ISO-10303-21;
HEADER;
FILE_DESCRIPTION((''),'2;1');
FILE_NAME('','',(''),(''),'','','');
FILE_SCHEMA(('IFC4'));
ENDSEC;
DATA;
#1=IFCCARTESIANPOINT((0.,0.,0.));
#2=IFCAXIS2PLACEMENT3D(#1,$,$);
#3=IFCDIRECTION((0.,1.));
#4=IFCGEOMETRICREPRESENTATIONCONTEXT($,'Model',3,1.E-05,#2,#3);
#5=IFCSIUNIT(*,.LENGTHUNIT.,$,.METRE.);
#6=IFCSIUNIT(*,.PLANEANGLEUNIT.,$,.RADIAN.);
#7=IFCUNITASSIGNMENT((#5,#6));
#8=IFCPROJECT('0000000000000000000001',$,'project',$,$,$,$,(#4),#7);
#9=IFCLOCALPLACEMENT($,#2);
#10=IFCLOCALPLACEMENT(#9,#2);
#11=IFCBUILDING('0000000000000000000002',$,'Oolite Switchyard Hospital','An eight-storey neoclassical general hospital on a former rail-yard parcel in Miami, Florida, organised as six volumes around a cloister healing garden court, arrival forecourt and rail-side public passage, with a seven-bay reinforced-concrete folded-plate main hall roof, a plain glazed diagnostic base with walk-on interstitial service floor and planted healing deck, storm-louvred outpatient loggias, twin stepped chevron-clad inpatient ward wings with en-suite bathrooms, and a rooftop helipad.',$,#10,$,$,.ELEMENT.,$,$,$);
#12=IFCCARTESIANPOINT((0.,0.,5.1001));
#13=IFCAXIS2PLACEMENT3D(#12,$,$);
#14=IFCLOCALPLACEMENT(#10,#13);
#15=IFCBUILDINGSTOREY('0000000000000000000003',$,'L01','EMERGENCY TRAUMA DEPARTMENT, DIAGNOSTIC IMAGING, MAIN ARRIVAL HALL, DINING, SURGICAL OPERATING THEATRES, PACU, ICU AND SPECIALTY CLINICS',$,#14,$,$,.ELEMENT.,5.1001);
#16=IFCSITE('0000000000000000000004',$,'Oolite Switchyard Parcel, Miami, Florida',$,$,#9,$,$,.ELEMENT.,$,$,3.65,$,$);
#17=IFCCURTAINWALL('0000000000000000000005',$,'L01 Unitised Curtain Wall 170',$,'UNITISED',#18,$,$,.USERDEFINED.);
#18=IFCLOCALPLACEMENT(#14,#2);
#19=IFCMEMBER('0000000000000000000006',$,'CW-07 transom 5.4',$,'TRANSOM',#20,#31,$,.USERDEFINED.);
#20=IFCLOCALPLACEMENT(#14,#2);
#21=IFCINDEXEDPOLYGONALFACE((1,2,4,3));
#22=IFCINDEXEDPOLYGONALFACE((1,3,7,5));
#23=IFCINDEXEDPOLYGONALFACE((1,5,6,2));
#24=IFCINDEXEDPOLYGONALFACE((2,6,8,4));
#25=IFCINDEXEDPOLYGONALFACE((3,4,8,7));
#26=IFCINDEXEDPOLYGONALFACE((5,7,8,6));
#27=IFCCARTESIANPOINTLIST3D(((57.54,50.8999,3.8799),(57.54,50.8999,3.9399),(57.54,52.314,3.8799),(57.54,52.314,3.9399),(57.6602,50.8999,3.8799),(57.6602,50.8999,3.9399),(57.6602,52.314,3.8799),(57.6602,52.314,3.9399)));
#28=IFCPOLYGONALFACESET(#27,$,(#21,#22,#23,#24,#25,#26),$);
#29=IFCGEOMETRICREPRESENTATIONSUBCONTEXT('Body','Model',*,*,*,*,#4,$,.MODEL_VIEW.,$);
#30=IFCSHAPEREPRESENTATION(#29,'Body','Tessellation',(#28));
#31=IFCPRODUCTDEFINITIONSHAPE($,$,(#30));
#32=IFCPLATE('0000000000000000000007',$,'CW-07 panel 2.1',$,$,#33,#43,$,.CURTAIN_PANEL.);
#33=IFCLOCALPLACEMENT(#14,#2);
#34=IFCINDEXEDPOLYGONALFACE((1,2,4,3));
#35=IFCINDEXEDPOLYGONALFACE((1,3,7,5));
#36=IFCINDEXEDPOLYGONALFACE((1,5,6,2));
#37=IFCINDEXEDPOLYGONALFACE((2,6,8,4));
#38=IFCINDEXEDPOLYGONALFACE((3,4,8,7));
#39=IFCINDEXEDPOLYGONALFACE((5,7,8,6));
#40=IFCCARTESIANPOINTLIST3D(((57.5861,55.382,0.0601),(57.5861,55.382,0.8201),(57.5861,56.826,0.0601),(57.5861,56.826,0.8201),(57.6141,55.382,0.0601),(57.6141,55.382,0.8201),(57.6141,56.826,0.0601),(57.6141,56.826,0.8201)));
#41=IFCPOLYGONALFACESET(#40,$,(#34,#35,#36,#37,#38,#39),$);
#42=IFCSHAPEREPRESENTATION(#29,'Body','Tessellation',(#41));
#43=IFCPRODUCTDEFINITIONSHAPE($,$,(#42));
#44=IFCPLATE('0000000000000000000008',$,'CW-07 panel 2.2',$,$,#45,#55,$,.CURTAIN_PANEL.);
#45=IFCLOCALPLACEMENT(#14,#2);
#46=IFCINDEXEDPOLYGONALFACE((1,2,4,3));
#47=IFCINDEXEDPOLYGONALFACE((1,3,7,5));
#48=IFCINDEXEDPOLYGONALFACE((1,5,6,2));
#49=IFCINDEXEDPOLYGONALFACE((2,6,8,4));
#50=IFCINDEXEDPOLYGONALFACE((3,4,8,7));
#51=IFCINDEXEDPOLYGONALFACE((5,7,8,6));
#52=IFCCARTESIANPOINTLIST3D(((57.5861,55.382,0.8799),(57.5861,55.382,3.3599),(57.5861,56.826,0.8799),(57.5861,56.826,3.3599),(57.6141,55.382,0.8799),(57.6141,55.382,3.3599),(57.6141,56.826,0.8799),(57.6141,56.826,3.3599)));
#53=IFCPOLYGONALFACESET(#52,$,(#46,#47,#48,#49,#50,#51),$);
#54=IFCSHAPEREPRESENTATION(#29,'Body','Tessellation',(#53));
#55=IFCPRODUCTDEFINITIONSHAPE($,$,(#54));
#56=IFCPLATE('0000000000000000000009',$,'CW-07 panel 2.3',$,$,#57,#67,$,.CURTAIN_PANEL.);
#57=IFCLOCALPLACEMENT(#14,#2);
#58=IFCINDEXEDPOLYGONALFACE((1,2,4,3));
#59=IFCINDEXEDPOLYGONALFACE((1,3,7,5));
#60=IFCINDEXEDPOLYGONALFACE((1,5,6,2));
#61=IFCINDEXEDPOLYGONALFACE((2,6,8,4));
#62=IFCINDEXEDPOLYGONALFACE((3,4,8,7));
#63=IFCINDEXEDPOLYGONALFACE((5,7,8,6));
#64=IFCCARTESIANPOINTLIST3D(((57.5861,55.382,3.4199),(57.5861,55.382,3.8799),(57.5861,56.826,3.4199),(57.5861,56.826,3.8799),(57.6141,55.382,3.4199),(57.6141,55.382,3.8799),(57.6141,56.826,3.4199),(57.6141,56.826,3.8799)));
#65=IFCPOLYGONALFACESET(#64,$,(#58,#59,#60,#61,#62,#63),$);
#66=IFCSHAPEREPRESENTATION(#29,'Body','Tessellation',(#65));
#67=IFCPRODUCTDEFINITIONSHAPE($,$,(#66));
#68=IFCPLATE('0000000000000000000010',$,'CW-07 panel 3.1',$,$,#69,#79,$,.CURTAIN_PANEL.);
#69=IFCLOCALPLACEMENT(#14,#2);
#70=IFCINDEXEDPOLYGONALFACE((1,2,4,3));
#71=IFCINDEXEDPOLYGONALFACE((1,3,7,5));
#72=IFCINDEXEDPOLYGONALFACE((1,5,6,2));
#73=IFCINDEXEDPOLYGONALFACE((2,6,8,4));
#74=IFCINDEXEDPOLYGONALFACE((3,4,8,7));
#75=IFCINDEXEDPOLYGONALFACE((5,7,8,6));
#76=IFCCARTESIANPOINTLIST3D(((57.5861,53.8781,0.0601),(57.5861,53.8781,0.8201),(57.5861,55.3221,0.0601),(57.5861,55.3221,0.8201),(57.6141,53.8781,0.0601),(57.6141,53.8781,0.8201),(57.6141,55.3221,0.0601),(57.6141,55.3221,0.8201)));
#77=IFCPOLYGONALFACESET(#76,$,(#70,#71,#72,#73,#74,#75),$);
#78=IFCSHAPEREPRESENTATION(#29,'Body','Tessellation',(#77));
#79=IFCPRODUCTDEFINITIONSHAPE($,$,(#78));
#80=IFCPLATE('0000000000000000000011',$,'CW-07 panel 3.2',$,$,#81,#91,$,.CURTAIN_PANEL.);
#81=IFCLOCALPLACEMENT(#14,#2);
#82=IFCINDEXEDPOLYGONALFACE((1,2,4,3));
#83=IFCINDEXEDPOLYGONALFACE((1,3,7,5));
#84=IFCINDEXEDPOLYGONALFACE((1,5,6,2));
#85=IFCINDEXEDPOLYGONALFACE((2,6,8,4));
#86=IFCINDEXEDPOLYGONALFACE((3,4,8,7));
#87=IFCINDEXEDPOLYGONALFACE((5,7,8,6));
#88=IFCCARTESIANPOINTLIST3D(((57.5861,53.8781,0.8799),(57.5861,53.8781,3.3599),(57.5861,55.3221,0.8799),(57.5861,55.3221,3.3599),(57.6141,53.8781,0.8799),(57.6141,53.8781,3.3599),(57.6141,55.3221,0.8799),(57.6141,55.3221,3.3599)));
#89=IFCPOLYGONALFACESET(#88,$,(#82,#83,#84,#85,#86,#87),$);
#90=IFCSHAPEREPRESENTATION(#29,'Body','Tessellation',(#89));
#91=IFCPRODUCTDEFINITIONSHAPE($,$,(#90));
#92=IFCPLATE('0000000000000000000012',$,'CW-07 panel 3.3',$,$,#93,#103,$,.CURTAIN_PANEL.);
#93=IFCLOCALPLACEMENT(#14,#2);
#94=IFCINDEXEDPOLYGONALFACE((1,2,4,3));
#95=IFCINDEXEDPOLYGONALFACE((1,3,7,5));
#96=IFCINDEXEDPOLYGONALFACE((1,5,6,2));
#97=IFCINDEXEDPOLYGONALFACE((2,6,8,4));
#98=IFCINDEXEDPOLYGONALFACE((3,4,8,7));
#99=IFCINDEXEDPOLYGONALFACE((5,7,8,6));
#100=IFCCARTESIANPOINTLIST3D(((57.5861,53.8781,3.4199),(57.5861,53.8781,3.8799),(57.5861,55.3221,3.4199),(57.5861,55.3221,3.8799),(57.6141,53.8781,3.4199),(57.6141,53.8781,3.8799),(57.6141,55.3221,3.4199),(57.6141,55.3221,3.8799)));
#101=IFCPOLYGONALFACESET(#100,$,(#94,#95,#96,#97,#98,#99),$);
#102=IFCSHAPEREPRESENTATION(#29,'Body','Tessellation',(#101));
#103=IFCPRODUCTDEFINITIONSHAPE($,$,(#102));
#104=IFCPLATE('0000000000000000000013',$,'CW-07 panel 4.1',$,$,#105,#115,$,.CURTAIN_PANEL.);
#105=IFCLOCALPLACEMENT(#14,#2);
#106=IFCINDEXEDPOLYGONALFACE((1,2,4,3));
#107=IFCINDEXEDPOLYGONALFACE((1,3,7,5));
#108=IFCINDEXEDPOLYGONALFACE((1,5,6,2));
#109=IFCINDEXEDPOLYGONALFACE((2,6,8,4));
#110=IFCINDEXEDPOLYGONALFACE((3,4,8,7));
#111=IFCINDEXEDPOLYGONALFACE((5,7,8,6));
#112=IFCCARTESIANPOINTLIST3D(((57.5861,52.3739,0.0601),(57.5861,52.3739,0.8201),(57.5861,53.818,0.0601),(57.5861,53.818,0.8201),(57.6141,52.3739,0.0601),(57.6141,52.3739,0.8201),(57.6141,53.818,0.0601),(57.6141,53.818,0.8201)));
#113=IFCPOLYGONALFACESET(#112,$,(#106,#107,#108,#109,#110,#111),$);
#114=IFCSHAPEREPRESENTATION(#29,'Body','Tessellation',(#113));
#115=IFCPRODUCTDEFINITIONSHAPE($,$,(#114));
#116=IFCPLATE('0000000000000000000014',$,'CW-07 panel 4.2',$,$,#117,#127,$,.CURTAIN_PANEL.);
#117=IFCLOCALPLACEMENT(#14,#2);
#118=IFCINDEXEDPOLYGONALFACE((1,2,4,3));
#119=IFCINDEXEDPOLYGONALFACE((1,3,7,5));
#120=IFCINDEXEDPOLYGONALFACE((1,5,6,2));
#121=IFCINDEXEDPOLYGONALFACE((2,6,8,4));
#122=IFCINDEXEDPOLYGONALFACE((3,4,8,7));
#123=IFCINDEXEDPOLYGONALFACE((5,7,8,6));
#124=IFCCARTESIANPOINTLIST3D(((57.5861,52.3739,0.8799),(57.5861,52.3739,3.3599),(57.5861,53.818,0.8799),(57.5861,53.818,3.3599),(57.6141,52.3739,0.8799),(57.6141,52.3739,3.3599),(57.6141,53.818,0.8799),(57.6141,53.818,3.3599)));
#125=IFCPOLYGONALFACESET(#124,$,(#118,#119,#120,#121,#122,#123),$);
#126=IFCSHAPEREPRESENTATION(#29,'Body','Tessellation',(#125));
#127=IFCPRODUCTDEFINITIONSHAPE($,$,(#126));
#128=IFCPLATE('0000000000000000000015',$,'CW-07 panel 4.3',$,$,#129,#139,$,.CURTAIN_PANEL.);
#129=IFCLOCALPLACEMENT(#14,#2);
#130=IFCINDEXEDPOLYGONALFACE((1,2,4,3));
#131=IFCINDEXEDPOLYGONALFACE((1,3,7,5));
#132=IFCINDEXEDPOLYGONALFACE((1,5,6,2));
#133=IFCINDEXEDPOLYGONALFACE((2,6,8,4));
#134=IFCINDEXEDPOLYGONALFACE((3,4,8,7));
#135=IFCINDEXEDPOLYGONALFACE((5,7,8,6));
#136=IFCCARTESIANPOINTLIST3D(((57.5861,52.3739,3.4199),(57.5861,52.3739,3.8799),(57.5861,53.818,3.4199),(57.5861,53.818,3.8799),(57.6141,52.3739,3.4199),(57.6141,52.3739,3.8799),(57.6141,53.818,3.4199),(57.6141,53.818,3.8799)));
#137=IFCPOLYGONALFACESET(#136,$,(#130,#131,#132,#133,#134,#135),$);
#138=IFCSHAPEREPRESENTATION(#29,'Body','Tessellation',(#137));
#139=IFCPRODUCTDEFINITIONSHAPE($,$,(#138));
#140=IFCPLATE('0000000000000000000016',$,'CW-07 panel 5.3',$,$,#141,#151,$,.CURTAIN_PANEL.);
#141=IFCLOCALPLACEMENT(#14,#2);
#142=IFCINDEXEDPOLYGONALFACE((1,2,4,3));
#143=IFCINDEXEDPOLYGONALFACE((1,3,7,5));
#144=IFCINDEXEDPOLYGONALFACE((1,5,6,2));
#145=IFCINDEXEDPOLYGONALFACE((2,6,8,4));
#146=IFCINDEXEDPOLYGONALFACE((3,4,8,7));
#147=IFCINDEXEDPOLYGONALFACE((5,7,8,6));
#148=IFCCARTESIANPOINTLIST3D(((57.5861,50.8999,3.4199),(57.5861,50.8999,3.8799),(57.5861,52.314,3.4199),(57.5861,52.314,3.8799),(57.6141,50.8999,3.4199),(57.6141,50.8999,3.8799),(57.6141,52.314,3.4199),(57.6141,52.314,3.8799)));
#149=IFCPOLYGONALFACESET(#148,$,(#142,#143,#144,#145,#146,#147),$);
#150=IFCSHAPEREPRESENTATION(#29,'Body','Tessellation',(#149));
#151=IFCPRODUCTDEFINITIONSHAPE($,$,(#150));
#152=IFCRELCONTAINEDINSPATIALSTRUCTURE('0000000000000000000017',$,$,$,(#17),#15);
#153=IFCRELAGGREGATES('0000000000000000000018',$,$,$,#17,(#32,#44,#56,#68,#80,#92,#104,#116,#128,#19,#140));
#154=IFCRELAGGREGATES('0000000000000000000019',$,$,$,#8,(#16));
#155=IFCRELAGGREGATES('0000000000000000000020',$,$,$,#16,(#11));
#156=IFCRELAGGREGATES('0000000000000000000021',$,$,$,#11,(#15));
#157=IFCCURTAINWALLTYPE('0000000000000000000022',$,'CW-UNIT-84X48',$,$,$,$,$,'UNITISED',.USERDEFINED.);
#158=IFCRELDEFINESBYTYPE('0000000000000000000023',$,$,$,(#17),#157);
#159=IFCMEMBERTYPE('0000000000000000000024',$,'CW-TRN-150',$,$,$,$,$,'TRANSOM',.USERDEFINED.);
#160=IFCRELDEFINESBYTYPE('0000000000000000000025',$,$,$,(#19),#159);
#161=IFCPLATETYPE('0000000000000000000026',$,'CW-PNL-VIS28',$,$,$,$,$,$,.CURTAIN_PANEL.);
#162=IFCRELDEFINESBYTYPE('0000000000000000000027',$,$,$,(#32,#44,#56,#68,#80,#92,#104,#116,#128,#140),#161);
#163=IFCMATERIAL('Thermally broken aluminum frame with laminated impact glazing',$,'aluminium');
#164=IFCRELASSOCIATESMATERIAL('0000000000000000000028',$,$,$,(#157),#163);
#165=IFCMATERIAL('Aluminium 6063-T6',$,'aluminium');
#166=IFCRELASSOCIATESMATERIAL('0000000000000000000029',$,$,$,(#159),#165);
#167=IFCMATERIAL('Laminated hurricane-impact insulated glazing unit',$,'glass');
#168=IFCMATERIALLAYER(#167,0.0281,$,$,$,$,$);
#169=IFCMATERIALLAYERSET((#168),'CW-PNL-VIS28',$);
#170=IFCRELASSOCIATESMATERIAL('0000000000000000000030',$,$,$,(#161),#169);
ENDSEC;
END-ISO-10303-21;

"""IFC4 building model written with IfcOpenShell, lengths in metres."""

from ifc_helpers import new_model, si_unit, direction, frame, origin, origin_2d, place, context, subcontext, project, spatial, rectangle, extrude, material, layer, layer_set, material_profile, profile_set, type_object, element, aggregate, save


model = new_model("IFC4")

# Units and contexts
model_context = context("Model", 3, precision=1e-05, world=origin(), true_north=direction((0.0, 1.0)))
body_context = subcontext(model_context, "Body", "Model", "MODEL_VIEW")
ifc_project = project(units=[si_unit("LENGTHUNIT", "METRE"), si_unit("PLANEANGLEUNIT", "RADIAN")], contexts=[model_context])

# Site, building, storey
site_placement = place(None, origin())
site = spatial("IfcSite", under=ifc_project, at=site_placement, Name="Oolite Switchyard Parcel, Miami, Florida", CompositionType="ELEMENT", RefElevation=3.65)
building_placement = place(site_placement, origin())
building = spatial("IfcBuilding", under=site, at=building_placement, Name="Oolite Switchyard Hospital", Description="An eight-storey neoclassical general hospital on a former rail-yard parcel in Miami, Florida, organised as six volumes around a cloister healing garden court, arrival forecourt and rail-side public passage, with a seven-bay reinforced-concrete folded-plate main hall roof, a plain glazed diagnostic base with walk-on interstitial service floor and planted healing deck, storm-louvred outpatient loggias, twin stepped chevron-clad inpatient ward wings with en-suite bathrooms, and a rooftop helipad.", CompositionType="ELEMENT")
storey_placement = place(building_placement, frame((0.0, 0.0, 5.1001)))
storey = spatial("IfcBuildingStorey", under=building, at=storey_placement, Name="L01", Description="EMERGENCY TRAUMA DEPARTMENT, DIAGNOSTIC IMAGING, MAIN ARRIVAL HALL, DINING, SURGICAL OPERATING THEATRES, PACU, ICU AND SPECIALTY CLINICS", CompositionType="ELEMENT", Elevation=5.1001)

# Curtain wall, member, plates
ifc_material_1 = material(Name="Thermally broken aluminum frame with laminated impact glazing", Category="aluminium")
curtain_wall_type = type_object("IfcCurtainWallType", Name="CW-UNIT-84X48", ElementType="UNITISED", PredefinedType="USERDEFINED", material=ifc_material_1)
curtain_wall_placement = place(storey_placement, origin())
curtain_wall = element("IfcCurtainWall", 1, at=curtain_wall_placement, inside=storey, type_object=curtain_wall_type, Name="L01 Unitised Curtain Wall 170", ObjectType="UNITISED", PredefinedType="USERDEFINED")
ifc_material_2 = material(Name="Aluminium 6063-T6", Category="aluminium")
ifc_material_profile_1 = material_profile(ifc_material_2, rectangle(XDim=0.1201, YDim=0.0601, at=origin_2d()), Name="CWT60X120")
ifc_profile_set_1 = profile_set([ifc_material_profile_1], Name="Aluminium 6063-T6")
member_type_1 = type_object("IfcMemberType", Name="CW-TRN-150", ElementType="TRANSOM", PredefinedType="USERDEFINED", material=ifc_profile_set_1)
member_1_placement = place(storey_placement, frame((57.6001, 52.314, 3.9099), z_axis=(0.0, -1.0, 0.0), x_axis=(1.0, 0.0, 0.0)))
member_1 = element("IfcMember", 2, at=member_1_placement, type_object=member_type_1, Name="CW-07 transom 5.4", ObjectType="TRANSOM", PredefinedType="USERDEFINED", context=body_context, shape_type="SweptSolid", body=[
    extrude(rectangle(XDim=0.1201, YDim=0.0601, at=origin_2d()), origin(), (0.0, 0.0, 1.0), 1.4141),
])
ifc_material_3 = material(Name="Laminated hurricane-impact insulated glazing unit", Category="glass")
ifc_layer = layer(ifc_material_3, 0.0281)
ifc_layer_set = layer_set([ifc_layer], Name="CW-PNL-VIS28")
plate_type = type_object("IfcPlateType", Name="CW-PNL-VIS28", PredefinedType="CURTAIN_PANEL", material=ifc_layer_set)
plate_1_placement = place(storey_placement, frame((57.6001, 56.104, 0.0601), z_axis=(0.0, 0.0, 1.0), x_axis=(0.0, -1.0, 0.0)))
plate_1 = element("IfcPlate", 3, at=plate_1_placement, type_object=plate_type, Name="CW-07 panel 2.1", PredefinedType="CURTAIN_PANEL", context=body_context, shape_type="SweptSolid", body=[
    extrude(rectangle(XDim=1.4441, YDim=0.0281, at=origin_2d()), origin(), (0.0, 0.0, 1.0), 0.76),
])
plate_2_placement = place(storey_placement, frame((57.6001, 56.104, 0.8799), z_axis=(0.0, 0.0, 1.0), x_axis=(0.0, -1.0, 0.0)))
plate_2 = element("IfcPlate", 4, at=plate_2_placement, type_object=plate_type, Name="CW-07 panel 2.2", PredefinedType="CURTAIN_PANEL", context=body_context, shape_type="SweptSolid", body=[
    extrude(rectangle(XDim=1.4441, YDim=0.0281, at=origin_2d()), origin(), (0.0, 0.0, 1.0), 2.48),
])
plate_3_placement = place(storey_placement, frame((57.6001, 56.104, 3.4199), z_axis=(0.0, 0.0, 1.0), x_axis=(0.0, -1.0, 0.0)))
plate_3 = element("IfcPlate", 5, at=plate_3_placement, type_object=plate_type, Name="CW-07 panel 2.3", PredefinedType="CURTAIN_PANEL", context=body_context, shape_type="SweptSolid", body=[
    extrude(rectangle(XDim=1.4441, YDim=0.0281, at=origin_2d()), origin(), (0.0, 0.0, 1.0), 0.46),
])
plate_4_placement = place(storey_placement, frame((57.6001, 54.6001, 0.0601), z_axis=(0.0, 0.0, 1.0), x_axis=(0.0, -1.0, 0.0)))
plate_4 = element("IfcPlate", 6, at=plate_4_placement, type_object=plate_type, Name="CW-07 panel 3.1", PredefinedType="CURTAIN_PANEL", context=body_context, shape_type="SweptSolid", body=[
    extrude(rectangle(XDim=1.4441, YDim=0.0281, at=origin_2d()), origin(), (0.0, 0.0, 1.0), 0.76),
])
plate_5_placement = place(storey_placement, frame((57.6001, 54.6001, 0.8799), z_axis=(0.0, 0.0, 1.0), x_axis=(0.0, -1.0, 0.0)))
plate_5 = element("IfcPlate", 7, at=plate_5_placement, type_object=plate_type, Name="CW-07 panel 3.2", PredefinedType="CURTAIN_PANEL", context=body_context, shape_type="SweptSolid", body=[
    extrude(rectangle(XDim=1.4441, YDim=0.0281, at=origin_2d()), origin(), (0.0, 0.0, 1.0), 2.48),
])
plate_6_placement = place(storey_placement, frame((57.6001, 54.6001, 3.4199), z_axis=(0.0, 0.0, 1.0), x_axis=(0.0, -1.0, 0.0)))
plate_6 = element("IfcPlate", 8, at=plate_6_placement, type_object=plate_type, Name="CW-07 panel 3.3", PredefinedType="CURTAIN_PANEL", context=body_context, shape_type="SweptSolid", body=[
    extrude(rectangle(XDim=1.4441, YDim=0.0281, at=origin_2d()), origin(), (0.0, 0.0, 1.0), 0.46),
])
plate_7_placement = place(storey_placement, frame((57.6001, 53.0959, 0.0601), z_axis=(0.0, 0.0, 1.0), x_axis=(0.0, -1.0, 0.0)))
plate_7 = element("IfcPlate", 9, at=plate_7_placement, type_object=plate_type, Name="CW-07 panel 4.1", PredefinedType="CURTAIN_PANEL", context=body_context, shape_type="SweptSolid", body=[
    extrude(rectangle(XDim=1.4441, YDim=0.0281, at=origin_2d()), origin(), (0.0, 0.0, 1.0), 0.76),
])
plate_8_placement = place(storey_placement, frame((57.6001, 53.0959, 0.8799), z_axis=(0.0, 0.0, 1.0), x_axis=(0.0, -1.0, 0.0)))
plate_8 = element("IfcPlate", 10, at=plate_8_placement, type_object=plate_type, Name="CW-07 panel 4.2", PredefinedType="CURTAIN_PANEL", context=body_context, shape_type="SweptSolid", body=[
    extrude(rectangle(XDim=1.4441, YDim=0.0281, at=origin_2d()), origin(), (0.0, 0.0, 1.0), 2.48),
])
plate_9_placement = place(storey_placement, frame((57.6001, 53.0959, 3.4199), z_axis=(0.0, 0.0, 1.0), x_axis=(0.0, -1.0, 0.0)))
plate_9 = element("IfcPlate", 11, at=plate_9_placement, type_object=plate_type, Name="CW-07 panel 4.3", PredefinedType="CURTAIN_PANEL", context=body_context, shape_type="SweptSolid", body=[
    extrude(rectangle(XDim=1.4441, YDim=0.0281, at=origin_2d()), origin(), (0.0, 0.0, 1.0), 0.46),
])
plate_10_placement = place(storey_placement, frame((57.6001, 51.6069, 3.4199), z_axis=(0.0, 0.0, 1.0), x_axis=(0.0, -1.0, 0.0)))
plate_10 = element("IfcPlate", 12, at=plate_10_placement, type_object=plate_type, Name="CW-07 panel 5.3", PredefinedType="CURTAIN_PANEL", context=body_context, shape_type="SweptSolid", body=[
    extrude(rectangle(XDim=1.4141, YDim=0.0281, at=origin_2d()), origin(), (0.0, 0.0, 1.0), 0.46),
])
aggregate(curtain_wall, [plate_1, plate_2, plate_3, plate_4, plate_5, plate_6, plate_7, plate_8, plate_9, member_1, plate_10])

save(model, "model.ifc")
